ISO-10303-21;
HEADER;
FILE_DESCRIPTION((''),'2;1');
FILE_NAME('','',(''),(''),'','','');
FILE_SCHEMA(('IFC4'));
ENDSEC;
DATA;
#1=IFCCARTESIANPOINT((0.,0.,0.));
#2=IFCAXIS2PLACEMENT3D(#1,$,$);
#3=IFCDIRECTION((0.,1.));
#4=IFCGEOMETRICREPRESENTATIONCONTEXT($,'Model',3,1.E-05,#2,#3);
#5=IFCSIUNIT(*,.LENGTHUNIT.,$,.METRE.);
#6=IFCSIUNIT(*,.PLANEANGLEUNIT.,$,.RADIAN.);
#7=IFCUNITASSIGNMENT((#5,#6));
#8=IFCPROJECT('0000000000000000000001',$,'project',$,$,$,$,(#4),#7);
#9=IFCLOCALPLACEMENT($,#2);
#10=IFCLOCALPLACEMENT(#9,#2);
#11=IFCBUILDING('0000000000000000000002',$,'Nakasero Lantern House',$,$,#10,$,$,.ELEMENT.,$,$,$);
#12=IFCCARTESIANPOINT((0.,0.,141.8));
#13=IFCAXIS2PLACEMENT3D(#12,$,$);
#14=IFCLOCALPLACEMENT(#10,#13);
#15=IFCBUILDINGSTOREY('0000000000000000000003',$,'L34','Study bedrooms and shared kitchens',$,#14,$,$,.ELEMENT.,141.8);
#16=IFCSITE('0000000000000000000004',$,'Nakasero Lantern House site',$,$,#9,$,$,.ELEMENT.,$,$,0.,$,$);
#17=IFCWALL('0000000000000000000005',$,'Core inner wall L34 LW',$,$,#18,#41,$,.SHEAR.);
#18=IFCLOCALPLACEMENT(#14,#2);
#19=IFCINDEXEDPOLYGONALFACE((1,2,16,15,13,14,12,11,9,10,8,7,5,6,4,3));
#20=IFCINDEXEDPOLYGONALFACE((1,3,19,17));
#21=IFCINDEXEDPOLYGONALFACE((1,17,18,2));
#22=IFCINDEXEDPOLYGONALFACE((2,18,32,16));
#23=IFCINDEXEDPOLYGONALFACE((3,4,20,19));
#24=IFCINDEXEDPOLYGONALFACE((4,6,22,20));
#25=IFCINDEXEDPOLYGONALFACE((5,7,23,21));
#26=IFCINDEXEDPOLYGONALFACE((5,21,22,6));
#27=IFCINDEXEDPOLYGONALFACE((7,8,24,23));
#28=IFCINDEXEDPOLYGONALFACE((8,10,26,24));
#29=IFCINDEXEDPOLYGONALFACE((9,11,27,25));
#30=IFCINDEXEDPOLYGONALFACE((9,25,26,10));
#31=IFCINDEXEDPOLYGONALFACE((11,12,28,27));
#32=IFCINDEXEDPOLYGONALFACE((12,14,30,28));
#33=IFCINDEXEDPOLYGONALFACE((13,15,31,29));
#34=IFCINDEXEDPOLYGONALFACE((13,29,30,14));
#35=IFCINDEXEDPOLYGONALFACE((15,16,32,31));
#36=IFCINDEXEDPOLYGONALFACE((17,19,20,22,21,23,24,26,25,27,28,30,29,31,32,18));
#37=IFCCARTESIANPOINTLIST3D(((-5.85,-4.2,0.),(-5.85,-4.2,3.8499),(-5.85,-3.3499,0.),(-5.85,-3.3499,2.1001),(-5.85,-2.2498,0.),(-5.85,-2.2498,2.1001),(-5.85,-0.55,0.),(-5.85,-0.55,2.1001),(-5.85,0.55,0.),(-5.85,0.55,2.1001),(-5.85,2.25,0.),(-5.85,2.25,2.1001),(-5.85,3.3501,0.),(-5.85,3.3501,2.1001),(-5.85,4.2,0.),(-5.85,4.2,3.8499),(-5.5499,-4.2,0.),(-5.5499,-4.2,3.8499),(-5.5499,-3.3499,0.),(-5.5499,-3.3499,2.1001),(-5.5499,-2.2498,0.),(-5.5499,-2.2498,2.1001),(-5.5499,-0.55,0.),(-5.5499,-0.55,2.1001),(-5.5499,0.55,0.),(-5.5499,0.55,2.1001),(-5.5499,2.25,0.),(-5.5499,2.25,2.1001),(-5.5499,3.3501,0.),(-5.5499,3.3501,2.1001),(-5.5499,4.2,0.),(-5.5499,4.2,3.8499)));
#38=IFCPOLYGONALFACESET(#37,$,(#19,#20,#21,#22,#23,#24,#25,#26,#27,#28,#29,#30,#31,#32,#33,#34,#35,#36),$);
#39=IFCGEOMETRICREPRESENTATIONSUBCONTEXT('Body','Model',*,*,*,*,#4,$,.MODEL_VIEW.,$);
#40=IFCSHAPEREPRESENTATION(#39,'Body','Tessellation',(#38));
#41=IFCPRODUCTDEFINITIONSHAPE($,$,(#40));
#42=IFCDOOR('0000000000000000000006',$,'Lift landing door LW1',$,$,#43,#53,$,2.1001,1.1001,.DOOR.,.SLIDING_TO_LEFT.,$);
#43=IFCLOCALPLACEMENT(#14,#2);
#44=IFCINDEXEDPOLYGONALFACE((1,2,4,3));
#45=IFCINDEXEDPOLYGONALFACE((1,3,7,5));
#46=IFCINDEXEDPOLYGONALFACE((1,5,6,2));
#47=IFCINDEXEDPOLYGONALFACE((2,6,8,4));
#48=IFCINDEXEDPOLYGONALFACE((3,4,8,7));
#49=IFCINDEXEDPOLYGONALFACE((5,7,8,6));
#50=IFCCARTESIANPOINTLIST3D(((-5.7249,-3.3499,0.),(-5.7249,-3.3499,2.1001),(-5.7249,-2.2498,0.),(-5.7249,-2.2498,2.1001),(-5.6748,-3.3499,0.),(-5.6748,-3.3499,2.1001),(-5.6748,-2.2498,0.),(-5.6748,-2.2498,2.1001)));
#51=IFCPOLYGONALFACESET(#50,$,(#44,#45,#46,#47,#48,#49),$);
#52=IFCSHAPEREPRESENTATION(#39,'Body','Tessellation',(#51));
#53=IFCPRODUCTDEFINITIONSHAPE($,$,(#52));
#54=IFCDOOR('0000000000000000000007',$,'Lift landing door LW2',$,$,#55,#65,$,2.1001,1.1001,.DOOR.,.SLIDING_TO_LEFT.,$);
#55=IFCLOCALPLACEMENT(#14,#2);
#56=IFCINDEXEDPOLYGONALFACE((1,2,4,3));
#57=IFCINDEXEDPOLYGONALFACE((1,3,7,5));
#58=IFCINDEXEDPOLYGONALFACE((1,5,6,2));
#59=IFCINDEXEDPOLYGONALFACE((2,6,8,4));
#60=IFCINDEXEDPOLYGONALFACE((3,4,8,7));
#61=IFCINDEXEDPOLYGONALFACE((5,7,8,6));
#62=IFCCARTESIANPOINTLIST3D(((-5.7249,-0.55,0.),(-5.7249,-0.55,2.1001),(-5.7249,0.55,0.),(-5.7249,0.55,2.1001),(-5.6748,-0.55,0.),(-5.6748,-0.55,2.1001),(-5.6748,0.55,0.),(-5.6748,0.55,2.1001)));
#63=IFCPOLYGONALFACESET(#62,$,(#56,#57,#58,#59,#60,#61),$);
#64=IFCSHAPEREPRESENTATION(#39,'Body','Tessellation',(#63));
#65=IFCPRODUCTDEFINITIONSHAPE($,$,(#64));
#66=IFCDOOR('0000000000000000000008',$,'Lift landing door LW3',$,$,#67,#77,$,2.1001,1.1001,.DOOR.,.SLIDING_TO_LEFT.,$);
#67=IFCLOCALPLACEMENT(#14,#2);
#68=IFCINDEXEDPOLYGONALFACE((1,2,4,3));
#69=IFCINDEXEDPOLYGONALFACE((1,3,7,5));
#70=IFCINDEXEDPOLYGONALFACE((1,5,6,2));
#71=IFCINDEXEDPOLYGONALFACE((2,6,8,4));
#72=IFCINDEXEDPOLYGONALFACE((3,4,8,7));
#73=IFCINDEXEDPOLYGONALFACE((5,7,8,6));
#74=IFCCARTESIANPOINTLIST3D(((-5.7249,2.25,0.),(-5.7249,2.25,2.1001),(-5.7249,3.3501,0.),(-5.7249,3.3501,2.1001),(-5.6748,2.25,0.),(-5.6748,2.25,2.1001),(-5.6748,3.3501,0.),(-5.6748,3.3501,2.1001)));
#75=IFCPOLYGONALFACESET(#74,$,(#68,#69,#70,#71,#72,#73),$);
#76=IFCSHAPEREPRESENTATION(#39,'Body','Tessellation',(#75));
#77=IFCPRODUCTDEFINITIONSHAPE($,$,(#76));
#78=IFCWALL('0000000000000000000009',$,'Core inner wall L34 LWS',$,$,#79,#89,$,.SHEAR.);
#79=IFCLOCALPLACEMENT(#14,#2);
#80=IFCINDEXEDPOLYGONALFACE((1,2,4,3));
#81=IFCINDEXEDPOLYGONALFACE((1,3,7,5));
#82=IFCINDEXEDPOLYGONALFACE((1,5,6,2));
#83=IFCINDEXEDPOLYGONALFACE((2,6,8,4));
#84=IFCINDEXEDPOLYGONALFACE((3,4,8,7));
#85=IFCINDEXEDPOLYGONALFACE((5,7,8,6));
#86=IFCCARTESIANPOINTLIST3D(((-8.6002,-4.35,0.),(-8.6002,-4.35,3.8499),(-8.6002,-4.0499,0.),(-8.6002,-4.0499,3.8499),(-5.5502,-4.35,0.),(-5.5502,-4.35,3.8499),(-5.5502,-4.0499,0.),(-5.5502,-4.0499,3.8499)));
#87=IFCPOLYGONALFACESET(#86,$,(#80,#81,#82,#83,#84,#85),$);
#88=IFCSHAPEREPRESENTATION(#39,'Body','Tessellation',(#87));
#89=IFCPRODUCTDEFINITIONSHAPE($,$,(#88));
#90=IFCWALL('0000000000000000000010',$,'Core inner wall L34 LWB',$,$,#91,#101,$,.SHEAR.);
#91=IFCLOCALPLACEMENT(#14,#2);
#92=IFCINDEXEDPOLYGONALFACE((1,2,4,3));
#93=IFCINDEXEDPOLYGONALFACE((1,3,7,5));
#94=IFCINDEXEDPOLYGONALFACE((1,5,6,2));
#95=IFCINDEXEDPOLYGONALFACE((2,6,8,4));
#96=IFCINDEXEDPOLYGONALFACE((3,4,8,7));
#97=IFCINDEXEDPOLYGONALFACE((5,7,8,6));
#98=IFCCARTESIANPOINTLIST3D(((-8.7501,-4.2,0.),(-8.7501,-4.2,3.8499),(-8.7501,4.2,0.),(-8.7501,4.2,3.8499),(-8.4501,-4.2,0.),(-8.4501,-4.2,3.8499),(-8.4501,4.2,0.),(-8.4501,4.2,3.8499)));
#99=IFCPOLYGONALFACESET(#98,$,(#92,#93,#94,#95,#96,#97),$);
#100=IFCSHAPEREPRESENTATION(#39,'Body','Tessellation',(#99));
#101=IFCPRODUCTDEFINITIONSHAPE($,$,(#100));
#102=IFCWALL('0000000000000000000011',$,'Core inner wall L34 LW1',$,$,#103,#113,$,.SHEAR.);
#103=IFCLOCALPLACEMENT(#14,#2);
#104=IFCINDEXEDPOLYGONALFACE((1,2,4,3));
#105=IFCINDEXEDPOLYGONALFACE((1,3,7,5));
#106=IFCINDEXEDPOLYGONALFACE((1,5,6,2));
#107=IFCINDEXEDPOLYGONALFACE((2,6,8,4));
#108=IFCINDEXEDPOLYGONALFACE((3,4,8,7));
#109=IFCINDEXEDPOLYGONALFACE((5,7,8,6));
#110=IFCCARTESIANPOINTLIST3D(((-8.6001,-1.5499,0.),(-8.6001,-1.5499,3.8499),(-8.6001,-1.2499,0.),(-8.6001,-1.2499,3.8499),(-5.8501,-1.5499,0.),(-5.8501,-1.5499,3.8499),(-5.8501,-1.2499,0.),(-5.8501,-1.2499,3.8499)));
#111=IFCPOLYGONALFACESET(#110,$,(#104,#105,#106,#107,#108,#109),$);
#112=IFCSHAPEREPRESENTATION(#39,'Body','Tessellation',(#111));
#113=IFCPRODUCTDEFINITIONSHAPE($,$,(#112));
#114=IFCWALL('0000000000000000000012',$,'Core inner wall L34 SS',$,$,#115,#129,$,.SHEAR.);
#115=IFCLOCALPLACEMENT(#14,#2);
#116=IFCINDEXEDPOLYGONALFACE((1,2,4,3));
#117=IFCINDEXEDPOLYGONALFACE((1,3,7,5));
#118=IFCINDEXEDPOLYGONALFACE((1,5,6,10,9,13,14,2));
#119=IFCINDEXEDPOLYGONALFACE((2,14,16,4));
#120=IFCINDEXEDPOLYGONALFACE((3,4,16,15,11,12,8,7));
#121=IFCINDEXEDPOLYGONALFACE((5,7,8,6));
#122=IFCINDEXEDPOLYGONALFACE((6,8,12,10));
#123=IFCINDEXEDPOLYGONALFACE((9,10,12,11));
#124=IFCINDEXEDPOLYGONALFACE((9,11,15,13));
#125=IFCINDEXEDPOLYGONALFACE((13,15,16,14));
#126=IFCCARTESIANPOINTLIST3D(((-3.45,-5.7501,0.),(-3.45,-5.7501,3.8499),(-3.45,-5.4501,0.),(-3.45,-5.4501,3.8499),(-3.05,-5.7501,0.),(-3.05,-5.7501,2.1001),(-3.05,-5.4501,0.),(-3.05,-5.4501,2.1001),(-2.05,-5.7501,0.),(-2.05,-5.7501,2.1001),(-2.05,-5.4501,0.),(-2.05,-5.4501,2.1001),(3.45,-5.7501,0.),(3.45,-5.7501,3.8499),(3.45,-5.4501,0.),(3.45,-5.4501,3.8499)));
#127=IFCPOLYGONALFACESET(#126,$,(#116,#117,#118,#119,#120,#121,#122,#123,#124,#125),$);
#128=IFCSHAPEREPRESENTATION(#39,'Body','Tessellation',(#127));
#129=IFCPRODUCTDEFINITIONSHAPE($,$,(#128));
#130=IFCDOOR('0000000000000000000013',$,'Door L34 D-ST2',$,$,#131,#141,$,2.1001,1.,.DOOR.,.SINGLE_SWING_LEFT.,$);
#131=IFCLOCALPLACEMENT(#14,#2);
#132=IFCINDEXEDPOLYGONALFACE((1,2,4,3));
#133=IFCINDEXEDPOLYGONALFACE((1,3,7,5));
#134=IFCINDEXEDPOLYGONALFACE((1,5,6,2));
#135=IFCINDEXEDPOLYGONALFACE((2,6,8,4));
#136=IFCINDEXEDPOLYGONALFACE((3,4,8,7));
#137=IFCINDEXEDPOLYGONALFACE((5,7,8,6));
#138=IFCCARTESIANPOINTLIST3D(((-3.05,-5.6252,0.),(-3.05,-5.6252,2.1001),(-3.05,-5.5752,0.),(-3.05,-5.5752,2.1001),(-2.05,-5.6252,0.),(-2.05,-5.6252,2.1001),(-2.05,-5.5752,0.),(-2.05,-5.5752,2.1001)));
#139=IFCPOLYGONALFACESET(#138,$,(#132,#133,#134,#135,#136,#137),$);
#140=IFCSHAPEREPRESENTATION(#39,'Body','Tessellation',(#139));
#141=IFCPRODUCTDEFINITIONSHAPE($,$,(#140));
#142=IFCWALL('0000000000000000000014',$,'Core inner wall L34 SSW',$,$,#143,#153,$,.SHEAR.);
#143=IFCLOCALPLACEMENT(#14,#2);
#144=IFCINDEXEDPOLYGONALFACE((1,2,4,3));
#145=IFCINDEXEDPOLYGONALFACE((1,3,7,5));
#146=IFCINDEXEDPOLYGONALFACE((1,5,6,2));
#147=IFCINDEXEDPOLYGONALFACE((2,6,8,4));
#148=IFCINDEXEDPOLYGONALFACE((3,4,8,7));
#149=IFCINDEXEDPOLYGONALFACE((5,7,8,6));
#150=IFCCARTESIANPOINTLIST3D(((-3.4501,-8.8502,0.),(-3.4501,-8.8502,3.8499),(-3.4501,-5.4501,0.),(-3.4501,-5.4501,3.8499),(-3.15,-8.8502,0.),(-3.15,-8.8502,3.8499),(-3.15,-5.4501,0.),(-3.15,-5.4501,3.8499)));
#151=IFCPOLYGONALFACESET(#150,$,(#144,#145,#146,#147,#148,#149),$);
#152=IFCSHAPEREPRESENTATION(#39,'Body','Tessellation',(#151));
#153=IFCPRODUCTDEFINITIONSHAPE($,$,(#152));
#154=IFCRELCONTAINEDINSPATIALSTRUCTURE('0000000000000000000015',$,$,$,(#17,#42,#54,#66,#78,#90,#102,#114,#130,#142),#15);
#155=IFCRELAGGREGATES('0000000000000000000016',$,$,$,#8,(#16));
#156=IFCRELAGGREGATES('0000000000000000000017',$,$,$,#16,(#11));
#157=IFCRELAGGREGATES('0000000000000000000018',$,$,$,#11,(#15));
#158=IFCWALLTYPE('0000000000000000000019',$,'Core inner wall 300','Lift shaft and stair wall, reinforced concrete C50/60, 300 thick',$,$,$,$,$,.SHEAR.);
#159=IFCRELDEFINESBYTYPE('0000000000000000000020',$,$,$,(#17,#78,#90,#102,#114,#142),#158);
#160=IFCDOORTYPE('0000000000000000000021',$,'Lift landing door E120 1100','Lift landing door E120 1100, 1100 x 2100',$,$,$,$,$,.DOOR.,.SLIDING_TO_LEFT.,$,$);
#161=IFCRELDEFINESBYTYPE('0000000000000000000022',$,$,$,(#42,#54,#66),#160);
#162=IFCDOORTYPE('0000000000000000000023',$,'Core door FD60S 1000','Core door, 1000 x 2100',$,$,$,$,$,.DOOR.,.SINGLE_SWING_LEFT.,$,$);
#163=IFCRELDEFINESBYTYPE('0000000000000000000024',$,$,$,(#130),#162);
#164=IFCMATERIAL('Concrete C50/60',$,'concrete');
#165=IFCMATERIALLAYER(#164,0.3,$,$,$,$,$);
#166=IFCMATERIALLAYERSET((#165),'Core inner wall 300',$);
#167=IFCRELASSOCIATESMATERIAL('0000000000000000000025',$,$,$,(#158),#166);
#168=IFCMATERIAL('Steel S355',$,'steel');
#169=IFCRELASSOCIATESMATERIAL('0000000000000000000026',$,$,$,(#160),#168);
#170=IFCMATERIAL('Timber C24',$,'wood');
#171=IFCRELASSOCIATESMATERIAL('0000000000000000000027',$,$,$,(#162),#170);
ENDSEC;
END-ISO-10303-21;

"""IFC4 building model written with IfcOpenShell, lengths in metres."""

from ifc_helpers import new_model, si_unit, direction, frame, frame_2d, origin, place, context, subcontext, project, spatial, rectangle, extrude, material, layer, layer_set, type_object, element, fill, save


model = new_model("IFC4")

# Units and contexts
model_context = context("Model", 3, precision=1e-05, world=origin(), true_north=direction((0.0, 1.0)))
body_context = subcontext(model_context, "Body", "Model", "MODEL_VIEW")
ifc_project = project(units=[si_unit("LENGTHUNIT", "METRE"), si_unit("PLANEANGLEUNIT", "RADIAN")], contexts=[model_context])

# Site, building, storey
site_placement = place(None, origin())
site = spatial("IfcSite", under=ifc_project, at=site_placement, Name="Nakasero Lantern House site", CompositionType="ELEMENT", RefElevation=0.0)
building_placement = place(site_placement, origin())
building = spatial("IfcBuilding", under=site, at=building_placement, Name="Nakasero Lantern House", CompositionType="ELEMENT")
storey_placement = place(building_placement, frame((0.0, 0.0, 141.8)))
storey = spatial("IfcBuildingStorey", under=building, at=storey_placement, Name="L34", Description="Study bedrooms and shared kitchens", CompositionType="ELEMENT", Elevation=141.8)

# Wall, openings, doors
ifc_material_1 = material(Name="Concrete C50/60", Category="concrete")
ifc_layer_1 = layer(ifc_material_1, 0.3)
ifc_layer_set_1 = layer_set([ifc_layer_1], Name="Core inner wall 300")
wall_type_1 = type_object("IfcWallType", Name="Core inner wall 300", Description="Lift shaft and stair wall, reinforced concrete C50/60, 300 thick", PredefinedType="SHEAR", material=ifc_layer_set_1)
wall_1_placement = place(storey_placement, frame((-5.7, -4.2, 0.0), z_axis=(0.0, 0.0, 1.0), x_axis=(0.0, 1.0, 0.0)))
wall_1 = element("IfcWall", 1, at=wall_1_placement, inside=storey, type_object=wall_type_1, Name="Core inner wall L34 LW", PredefinedType="SHEAR", context=body_context, shape_type="SweptSolid", body=[
    extrude(rectangle(XDim=8.3999, YDim=0.3, at=frame_2d((4.2, 0.0))), origin(), (0.0, 0.0, 1.0), 3.8499),
])
opening_1_placement = place(wall_1_placement, frame((0.8501, 0.0, 0.0)))
opening_1 = element("IfcOpeningElement", 2, at=opening_1_placement, cuts=wall_1, PredefinedType="OPENING", context=body_context, shape_type="SweptSolid", body=[
    extrude(rectangle(XDim=1.1001, YDim=2.1001, at=frame_2d((0.55, 1.05))), frame((0.0, 0.1699, 0.0), z_axis=(0.0, -1.0, 0.0), x_axis=(1.0, 0.0, 0.0)), (0.0, 0.0, 1.0), 0.3401),
])
opening_2_placement = place(wall_1_placement, frame((3.6499, 0.0, 0.0)))
opening_2 = element("IfcOpeningElement", 3, at=opening_2_placement, cuts=wall_1, PredefinedType="OPENING", context=body_context, shape_type="SweptSolid", body=[
    extrude(rectangle(XDim=1.1001, YDim=2.1001, at=frame_2d((0.55, 1.05))), frame((0.0, 0.1699, 0.0), z_axis=(0.0, -1.0, 0.0), x_axis=(1.0, 0.0, 0.0)), (0.0, 0.0, 1.0), 0.3401),
])
opening_3_placement = place(wall_1_placement, frame((6.45, 0.0, 0.0)))
opening_3 = element("IfcOpeningElement", 4, at=opening_3_placement, cuts=wall_1, PredefinedType="OPENING", context=body_context, shape_type="SweptSolid", body=[
    extrude(rectangle(XDim=1.1001, YDim=2.1001, at=frame_2d((0.55, 1.05))), frame((0.0, 0.1699, 0.0), z_axis=(0.0, -1.0, 0.0), x_axis=(1.0, 0.0, 0.0)), (0.0, 0.0, 1.0), 0.3401),
])
ifc_material_2 = material(Name="Steel S355", Category="steel")
door_type_1 = type_object("IfcDoorType", Name="Lift landing door E120 1100", Description="Lift landing door E120 1100, 1100 x 2100", OperationType="SLIDING_TO_LEFT", PredefinedType="DOOR", material=ifc_material_2)
door_1_placement = place(opening_1_placement, origin())
door_1 = element("IfcDoor", 5, at=door_1_placement, inside=storey, type_object=door_type_1, Name="Lift landing door LW1", OperationType="SLIDING_TO_LEFT", OverallHeight=2.1001, OverallWidth=1.1001, PredefinedType="DOOR", context=body_context, shape_type="SweptSolid", body=[
    extrude(rectangle(XDim=1.1001, YDim=2.1001, at=frame_2d((0.55, 1.05))), frame((0.0, 0.0249, 0.0), z_axis=(0.0, -1.0, 0.0), x_axis=(1.0, 0.0, 0.0)), (0.0, 0.0, 1.0), 0.05),
])
fill(opening_1, door_1)
door_2_placement = place(opening_2_placement, origin())
door_2 = element("IfcDoor", 6, at=door_2_placement, inside=storey, type_object=door_type_1, Name="Lift landing door LW2", OperationType="SLIDING_TO_LEFT", OverallHeight=2.1001, OverallWidth=1.1001, PredefinedType="DOOR", context=body_context, shape_type="SweptSolid", body=[
    extrude(rectangle(XDim=1.1001, YDim=2.1001, at=frame_2d((0.55, 1.05))), frame((0.0, 0.0249, 0.0), z_axis=(0.0, -1.0, 0.0), x_axis=(1.0, 0.0, 0.0)), (0.0, 0.0, 1.0), 0.05),
])
fill(opening_2, door_2)
door_3_placement = place(opening_3_placement, origin())
door_3 = element("IfcDoor", 7, at=door_3_placement, inside=storey, type_object=door_type_1, Name="Lift landing door LW3", OperationType="SLIDING_TO_LEFT", OverallHeight=2.1001, OverallWidth=1.1001, PredefinedType="DOOR", context=body_context, shape_type="SweptSolid", body=[
    extrude(rectangle(XDim=1.1001, YDim=2.1001, at=frame_2d((0.55, 1.05))), frame((0.0, 0.0249, 0.0), z_axis=(0.0, -1.0, 0.0), x_axis=(1.0, 0.0, 0.0)), (0.0, 0.0, 1.0), 0.05),
])
fill(opening_3, door_3)

# Walls
wall_2_placement = place(storey_placement, frame((-8.6001, -4.2, 0.0), z_axis=(0.0, 0.0, 1.0), x_axis=(1.0, 0.0, 0.0)))
element("IfcWall", 8, at=wall_2_placement, inside=storey, type_object=wall_type_1, Name="Core inner wall L34 LWS", PredefinedType="SHEAR", context=body_context, shape_type="SweptSolid", body=[
    extrude(rectangle(XDim=3.05, YDim=0.3, at=frame_2d((1.5249, 0.0))), origin(), (0.0, 0.0, 1.0), 3.8499),
])
wall_3_placement = place(storey_placement, frame((-8.6001, -4.2, 0.0), z_axis=(0.0, 0.0, 1.0), x_axis=(0.0, 1.0, 0.0)))
element("IfcWall", 9, at=wall_3_placement, inside=storey, type_object=wall_type_1, Name="Core inner wall L34 LWB", PredefinedType="SHEAR", context=body_context, shape_type="SweptSolid", body=[
    extrude(rectangle(XDim=8.3999, YDim=0.3, at=frame_2d((4.2, 0.0))), origin(), (0.0, 0.0, 1.0), 3.8499),
])
wall_4_placement = place(storey_placement, frame((-8.6001, -1.3999, 0.0), z_axis=(0.0, 0.0, 1.0), x_axis=(1.0, 0.0, 0.0)))
element("IfcWall", 10, at=wall_4_placement, inside=storey, type_object=wall_type_1, Name="Core inner wall L34 LW1", PredefinedType="SHEAR", context=body_context, shape_type="SweptSolid", body=[
    extrude(rectangle(XDim=2.75, YDim=0.3, at=frame_2d((1.375, 0.0))), origin(), (0.0, 0.0, 1.0), 3.8499),
])

# Wall, opening, door
wall_5_placement = place(storey_placement, frame((-3.45, -5.6001, 0.0), z_axis=(0.0, 0.0, 1.0), x_axis=(1.0, 0.0, 0.0)))
wall_5 = element("IfcWall", 11, at=wall_5_placement, inside=storey, type_object=wall_type_1, Name="Core inner wall L34 SS", PredefinedType="SHEAR", context=body_context, shape_type="SweptSolid", body=[
    extrude(rectangle(XDim=6.8999, YDim=0.3, at=frame_2d((3.45, 0.0))), origin(), (0.0, 0.0, 1.0), 3.8499),
])
opening_4_placement = place(wall_5_placement, frame((0.3999, 0.0, 0.0)))
opening_4 = element("IfcOpeningElement", 12, at=opening_4_placement, cuts=wall_5, PredefinedType="OPENING", context=body_context, shape_type="SweptSolid", body=[
    extrude(rectangle(XDim=1.0, YDim=2.1001, at=frame_2d((0.5, 1.05))), frame((0.0, 0.1699, 0.0), z_axis=(0.0, -1.0, 0.0), x_axis=(1.0, 0.0, 0.0)), (0.0, 0.0, 1.0), 0.3401),
])
ifc_material_3 = material(Name="Timber C24", Category="wood")
door_type_2 = type_object("IfcDoorType", Name="Core door FD60S 1000", Description="Core door, 1000 x 2100", OperationType="SINGLE_SWING_LEFT", PredefinedType="DOOR", material=ifc_material_3)
door_4_placement = place(opening_4_placement, origin())
door_4 = element("IfcDoor", 13, at=door_4_placement, inside=storey, type_object=door_type_2, Name="Door L34 D-ST2", OperationType="SINGLE_SWING_LEFT", OverallHeight=2.1001, OverallWidth=1.0, PredefinedType="DOOR", context=body_context, shape_type="SweptSolid", body=[
    extrude(rectangle(XDim=1.0, YDim=2.1001, at=frame_2d((0.5, 1.05))), frame((0.0, 0.0249, 0.0), z_axis=(0.0, -1.0, 0.0), x_axis=(1.0, 0.0, 0.0)), (0.0, 0.0, 1.0), 0.05),
])
fill(opening_4, door_4)

# Wall
wall_6_placement = place(storey_placement, frame((-3.3, -5.45, 0.0), z_axis=(0.0, 0.0, 1.0), x_axis=(0.0, -1.0, 0.0)))
element("IfcWall", 14, at=wall_6_placement, inside=storey, type_object=wall_type_1, Name="Core inner wall L34 SSW", PredefinedType="SHEAR", context=body_context, shape_type="SweptSolid", body=[
    extrude(rectangle(XDim=3.4001, YDim=0.3, at=frame_2d((1.7002, 0.0))), origin(), (0.0, 0.0, 1.0), 3.8499),
])

save(model, "model.ifc")
